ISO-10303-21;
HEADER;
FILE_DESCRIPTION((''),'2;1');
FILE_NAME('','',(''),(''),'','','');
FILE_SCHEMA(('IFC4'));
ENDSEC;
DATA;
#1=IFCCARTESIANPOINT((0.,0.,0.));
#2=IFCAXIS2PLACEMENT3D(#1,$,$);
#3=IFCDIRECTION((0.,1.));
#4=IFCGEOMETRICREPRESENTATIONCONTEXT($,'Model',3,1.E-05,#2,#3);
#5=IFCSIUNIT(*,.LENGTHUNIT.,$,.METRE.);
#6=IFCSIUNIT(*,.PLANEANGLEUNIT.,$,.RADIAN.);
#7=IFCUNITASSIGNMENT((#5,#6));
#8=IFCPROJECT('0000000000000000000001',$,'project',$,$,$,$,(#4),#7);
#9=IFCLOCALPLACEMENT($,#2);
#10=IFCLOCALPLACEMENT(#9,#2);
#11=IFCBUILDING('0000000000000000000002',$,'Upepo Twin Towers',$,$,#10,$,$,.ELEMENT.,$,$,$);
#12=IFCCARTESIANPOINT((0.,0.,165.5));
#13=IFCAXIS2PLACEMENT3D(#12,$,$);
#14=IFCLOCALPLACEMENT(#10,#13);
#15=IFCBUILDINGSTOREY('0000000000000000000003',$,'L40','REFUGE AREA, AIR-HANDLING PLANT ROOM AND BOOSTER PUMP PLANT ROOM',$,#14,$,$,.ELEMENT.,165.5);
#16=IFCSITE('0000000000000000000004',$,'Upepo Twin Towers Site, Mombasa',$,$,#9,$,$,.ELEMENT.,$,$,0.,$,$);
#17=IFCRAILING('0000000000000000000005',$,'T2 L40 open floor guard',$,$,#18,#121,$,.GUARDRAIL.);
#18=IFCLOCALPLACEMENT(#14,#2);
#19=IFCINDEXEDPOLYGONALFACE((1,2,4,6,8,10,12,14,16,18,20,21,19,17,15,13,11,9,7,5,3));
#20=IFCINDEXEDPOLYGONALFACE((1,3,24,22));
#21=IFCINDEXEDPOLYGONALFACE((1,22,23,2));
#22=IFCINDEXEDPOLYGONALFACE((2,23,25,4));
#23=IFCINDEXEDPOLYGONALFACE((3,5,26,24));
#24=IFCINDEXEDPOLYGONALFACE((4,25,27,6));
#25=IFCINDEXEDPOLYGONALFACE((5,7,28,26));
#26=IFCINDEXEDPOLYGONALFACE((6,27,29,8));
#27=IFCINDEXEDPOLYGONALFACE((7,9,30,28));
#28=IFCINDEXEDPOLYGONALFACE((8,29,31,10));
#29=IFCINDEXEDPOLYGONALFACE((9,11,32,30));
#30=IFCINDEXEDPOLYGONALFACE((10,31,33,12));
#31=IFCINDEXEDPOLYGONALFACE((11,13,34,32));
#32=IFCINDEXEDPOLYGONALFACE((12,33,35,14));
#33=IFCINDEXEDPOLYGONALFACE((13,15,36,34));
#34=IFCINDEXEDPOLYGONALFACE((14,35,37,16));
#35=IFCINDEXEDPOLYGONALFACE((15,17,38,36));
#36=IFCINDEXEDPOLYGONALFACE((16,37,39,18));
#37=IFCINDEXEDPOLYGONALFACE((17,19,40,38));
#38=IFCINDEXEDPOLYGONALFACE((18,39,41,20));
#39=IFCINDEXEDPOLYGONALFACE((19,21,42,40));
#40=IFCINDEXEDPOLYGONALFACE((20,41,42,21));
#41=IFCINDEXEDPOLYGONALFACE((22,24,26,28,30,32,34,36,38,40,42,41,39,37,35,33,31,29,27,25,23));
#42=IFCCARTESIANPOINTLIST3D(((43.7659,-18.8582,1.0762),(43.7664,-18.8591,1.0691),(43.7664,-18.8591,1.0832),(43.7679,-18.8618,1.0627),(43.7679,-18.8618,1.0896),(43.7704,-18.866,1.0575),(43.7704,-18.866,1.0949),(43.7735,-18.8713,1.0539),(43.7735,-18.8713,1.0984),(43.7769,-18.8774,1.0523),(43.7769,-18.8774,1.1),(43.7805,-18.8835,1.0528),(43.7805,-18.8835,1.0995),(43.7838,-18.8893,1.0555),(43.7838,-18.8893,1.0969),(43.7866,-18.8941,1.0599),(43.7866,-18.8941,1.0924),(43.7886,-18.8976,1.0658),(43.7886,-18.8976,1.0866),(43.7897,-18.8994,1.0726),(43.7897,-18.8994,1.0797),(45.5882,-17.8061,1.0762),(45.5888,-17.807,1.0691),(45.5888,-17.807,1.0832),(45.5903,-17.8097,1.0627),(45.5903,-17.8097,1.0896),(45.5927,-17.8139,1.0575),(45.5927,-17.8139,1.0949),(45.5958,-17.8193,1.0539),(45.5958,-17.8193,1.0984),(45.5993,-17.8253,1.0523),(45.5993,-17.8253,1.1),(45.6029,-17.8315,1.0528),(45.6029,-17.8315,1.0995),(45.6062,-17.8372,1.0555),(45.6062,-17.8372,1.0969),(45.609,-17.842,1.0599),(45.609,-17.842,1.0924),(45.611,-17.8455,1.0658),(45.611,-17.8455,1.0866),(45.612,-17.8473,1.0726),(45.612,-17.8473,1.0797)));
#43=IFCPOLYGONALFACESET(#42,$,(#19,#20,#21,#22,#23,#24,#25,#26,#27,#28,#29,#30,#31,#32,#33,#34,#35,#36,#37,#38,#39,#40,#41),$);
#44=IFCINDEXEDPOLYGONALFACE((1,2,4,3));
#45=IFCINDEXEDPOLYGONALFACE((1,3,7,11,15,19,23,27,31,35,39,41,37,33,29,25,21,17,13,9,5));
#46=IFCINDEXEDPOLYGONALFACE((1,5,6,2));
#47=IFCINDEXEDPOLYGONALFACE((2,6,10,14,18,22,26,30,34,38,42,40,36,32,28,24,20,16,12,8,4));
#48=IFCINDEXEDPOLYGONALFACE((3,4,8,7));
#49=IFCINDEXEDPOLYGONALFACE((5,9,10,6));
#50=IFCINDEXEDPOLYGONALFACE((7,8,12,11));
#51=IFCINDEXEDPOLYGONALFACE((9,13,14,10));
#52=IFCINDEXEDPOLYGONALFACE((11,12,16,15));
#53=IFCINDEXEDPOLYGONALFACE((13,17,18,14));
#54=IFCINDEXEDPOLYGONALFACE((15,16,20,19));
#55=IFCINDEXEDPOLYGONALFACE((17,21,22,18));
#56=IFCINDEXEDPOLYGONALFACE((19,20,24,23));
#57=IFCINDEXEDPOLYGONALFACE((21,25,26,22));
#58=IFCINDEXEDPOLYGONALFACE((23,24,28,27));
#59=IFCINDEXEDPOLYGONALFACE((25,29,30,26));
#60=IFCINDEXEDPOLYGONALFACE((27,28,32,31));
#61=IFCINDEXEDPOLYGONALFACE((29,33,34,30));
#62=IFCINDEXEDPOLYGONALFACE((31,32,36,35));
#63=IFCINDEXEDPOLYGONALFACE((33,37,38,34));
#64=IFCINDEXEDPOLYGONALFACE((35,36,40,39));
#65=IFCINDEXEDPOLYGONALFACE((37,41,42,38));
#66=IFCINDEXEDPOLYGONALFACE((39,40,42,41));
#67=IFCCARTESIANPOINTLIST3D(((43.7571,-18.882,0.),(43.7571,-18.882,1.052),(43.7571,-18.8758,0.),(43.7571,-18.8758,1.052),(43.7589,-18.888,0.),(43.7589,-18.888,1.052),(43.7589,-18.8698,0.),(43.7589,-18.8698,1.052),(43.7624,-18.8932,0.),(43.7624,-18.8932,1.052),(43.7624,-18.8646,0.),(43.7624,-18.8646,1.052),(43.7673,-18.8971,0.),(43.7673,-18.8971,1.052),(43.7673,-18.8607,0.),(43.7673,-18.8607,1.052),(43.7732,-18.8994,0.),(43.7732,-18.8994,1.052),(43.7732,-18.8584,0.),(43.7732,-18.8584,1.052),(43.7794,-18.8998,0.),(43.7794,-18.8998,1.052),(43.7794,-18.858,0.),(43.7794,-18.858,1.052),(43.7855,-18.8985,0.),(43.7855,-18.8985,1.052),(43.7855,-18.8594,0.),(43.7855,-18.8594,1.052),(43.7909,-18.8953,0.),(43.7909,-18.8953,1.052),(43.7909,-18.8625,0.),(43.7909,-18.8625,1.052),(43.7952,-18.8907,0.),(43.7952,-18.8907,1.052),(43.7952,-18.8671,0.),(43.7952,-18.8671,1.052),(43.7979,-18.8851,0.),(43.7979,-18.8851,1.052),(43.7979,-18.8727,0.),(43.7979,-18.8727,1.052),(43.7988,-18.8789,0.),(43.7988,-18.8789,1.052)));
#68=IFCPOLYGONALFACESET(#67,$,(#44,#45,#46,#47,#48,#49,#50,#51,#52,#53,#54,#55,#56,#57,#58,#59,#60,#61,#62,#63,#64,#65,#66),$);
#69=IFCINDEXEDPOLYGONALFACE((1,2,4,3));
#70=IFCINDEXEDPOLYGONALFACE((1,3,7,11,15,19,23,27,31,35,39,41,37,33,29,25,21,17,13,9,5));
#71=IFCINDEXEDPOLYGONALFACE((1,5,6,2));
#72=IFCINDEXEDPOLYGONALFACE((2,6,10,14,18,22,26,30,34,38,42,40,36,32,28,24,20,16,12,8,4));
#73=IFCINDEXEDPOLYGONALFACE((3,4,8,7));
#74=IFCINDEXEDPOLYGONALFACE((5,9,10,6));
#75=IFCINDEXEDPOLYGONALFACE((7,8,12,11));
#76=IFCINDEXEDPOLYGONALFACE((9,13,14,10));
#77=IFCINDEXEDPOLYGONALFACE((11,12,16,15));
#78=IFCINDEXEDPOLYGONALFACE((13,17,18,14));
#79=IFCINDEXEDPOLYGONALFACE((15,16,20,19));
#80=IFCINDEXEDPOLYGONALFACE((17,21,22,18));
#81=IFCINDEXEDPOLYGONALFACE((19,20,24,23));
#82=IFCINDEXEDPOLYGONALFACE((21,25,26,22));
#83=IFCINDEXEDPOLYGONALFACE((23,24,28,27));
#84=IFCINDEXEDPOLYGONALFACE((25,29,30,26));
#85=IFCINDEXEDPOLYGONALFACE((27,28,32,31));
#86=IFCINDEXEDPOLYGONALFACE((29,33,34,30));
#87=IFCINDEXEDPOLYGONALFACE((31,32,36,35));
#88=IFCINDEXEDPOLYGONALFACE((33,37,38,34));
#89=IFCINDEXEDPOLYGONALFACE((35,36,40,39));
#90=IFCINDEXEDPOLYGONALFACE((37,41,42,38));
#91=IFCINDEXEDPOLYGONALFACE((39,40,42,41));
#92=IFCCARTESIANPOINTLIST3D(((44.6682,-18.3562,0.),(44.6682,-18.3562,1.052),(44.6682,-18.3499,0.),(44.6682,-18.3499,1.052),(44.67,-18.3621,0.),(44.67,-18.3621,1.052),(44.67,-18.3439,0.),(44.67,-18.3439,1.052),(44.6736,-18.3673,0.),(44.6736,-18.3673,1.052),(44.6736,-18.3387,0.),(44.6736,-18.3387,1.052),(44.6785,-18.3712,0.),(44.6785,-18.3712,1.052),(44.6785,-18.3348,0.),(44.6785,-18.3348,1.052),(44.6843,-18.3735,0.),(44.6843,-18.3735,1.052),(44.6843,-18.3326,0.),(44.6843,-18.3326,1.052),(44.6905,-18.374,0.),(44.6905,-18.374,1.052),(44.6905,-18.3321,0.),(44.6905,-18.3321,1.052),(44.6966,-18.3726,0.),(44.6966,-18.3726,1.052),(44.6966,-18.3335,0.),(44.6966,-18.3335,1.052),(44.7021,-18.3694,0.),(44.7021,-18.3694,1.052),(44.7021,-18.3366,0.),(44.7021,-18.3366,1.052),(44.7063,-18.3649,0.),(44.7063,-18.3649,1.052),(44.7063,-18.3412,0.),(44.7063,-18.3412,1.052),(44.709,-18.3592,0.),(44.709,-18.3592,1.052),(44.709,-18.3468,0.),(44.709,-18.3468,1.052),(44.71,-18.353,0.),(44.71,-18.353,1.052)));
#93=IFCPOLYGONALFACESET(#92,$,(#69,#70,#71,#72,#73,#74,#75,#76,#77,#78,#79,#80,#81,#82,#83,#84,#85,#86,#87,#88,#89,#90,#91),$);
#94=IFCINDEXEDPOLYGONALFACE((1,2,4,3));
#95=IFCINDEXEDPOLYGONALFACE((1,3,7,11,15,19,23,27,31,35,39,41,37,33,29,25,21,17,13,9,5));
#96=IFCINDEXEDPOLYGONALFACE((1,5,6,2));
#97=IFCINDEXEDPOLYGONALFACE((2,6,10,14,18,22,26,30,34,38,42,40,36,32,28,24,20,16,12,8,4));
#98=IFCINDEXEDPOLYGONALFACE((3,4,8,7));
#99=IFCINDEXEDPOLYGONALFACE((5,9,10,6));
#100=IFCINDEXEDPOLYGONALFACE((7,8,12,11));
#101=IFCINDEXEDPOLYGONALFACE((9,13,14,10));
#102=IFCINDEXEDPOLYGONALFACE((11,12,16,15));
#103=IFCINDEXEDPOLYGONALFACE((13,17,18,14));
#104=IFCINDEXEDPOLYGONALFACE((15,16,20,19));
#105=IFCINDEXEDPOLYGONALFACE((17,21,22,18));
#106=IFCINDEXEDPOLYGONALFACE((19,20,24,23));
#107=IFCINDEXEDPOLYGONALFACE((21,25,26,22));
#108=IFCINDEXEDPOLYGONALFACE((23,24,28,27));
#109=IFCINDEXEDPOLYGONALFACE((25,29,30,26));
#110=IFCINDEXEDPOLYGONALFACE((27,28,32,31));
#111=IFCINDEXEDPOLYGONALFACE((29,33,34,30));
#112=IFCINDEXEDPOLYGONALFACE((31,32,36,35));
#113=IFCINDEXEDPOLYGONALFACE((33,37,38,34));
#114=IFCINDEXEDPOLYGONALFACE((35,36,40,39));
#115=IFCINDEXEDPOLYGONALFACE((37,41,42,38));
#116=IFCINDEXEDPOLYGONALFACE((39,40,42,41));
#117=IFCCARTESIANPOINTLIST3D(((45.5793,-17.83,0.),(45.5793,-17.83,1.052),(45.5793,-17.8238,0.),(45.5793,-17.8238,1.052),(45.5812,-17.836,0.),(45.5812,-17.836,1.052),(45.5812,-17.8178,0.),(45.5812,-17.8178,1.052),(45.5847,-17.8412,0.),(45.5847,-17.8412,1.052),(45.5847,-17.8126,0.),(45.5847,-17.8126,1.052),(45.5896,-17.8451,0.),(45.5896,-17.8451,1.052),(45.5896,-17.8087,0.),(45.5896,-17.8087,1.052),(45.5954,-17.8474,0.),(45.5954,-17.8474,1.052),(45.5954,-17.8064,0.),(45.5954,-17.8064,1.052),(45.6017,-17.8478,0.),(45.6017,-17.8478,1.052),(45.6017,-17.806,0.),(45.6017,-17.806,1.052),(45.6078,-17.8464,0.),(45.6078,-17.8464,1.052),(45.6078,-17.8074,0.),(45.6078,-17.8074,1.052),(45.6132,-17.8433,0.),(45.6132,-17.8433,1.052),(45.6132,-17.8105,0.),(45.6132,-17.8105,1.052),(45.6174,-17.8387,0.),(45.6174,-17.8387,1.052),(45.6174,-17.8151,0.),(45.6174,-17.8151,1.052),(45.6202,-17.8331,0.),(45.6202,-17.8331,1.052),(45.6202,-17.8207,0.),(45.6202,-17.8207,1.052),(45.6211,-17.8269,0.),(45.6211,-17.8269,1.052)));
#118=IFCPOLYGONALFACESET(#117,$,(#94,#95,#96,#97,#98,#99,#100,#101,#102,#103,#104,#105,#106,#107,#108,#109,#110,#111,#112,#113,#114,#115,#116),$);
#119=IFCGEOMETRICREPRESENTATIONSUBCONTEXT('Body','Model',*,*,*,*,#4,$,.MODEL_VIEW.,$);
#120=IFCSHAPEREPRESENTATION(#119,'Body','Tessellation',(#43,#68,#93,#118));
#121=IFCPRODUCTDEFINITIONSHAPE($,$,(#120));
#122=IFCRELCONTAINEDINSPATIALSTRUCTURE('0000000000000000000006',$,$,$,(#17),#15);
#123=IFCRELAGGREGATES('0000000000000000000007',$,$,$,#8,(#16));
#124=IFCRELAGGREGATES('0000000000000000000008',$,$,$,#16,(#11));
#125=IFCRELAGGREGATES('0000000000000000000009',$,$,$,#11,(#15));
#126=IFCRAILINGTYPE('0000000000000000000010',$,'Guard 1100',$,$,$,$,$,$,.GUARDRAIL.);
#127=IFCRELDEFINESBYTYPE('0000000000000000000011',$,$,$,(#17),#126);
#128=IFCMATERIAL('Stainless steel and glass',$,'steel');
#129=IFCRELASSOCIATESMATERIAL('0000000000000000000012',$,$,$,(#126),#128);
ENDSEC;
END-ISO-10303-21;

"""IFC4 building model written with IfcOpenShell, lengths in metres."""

from ifc_helpers import new_model, si_unit, direction, frame, origin, origin_2d, place, context, subcontext, project, spatial, circle, extrude, material, type_object, element, save


model = new_model("IFC4")

# Units and contexts
model_context = context("Model", 3, precision=1e-05, world=origin(), true_north=direction((0.0, 1.0)))
body_context = subcontext(model_context, "Body", "Model", "MODEL_VIEW")
ifc_project = project(units=[si_unit("LENGTHUNIT", "METRE"), si_unit("PLANEANGLEUNIT", "RADIAN")], contexts=[model_context])

# Site, building, storey
site_placement = place(None, origin())
site = spatial("IfcSite", under=ifc_project, at=site_placement, Name="Upepo Twin Towers Site, Mombasa", CompositionType="ELEMENT", RefElevation=0.0)
building_placement = place(site_placement, origin())
building = spatial("IfcBuilding", under=site, at=building_placement, Name="Upepo Twin Towers", CompositionType="ELEMENT")
storey_placement = place(building_placement, frame((0.0, 0.0, 165.5)))
storey = spatial("IfcBuildingStorey", under=building, at=storey_placement, Name="L40", Description="REFUGE AREA, AIR-HANDLING PLANT ROOM AND BOOSTER PUMP PLANT ROOM", CompositionType="ELEMENT", Elevation=165.5)

# Railing
ifc_material_1 = material(Name="Stainless steel and glass", Category="steel")
railing_type = type_object("IfcRailingType", Name="Guard 1100", PredefinedType="GUARDRAIL", material=ifc_material_1)
railing_1_placement = place(storey_placement, frame((43.7778, -18.8789, 0.0)))
element("IfcRailing", 1, at=railing_1_placement, inside=storey, type_object=railing_type, Name="T2 L40 open floor guard", PredefinedType="GUARDRAIL", context=body_context, shape_type="SweptSolid", body=[
    extrude(circle(Radius=0.0239, at=origin_2d()), frame((0.0, 0.0, 1.0762), z_axis=(0.866043, 0.49997, 0.0), x_axis=(-0.49997, 0.866043, 0.0)), (0.0, 0.0, 1.0), 2.1042),
    extrude(circle(Radius=0.021, at=origin_2d()), origin(), (0.0, 0.0, 1.0), 1.052),
    extrude(circle(Radius=0.021, at=origin_2d()), frame((0.9111, 0.5259, 0.0)), (0.0, 0.0, 1.0), 1.052),
    extrude(circle(Radius=0.021, at=origin_2d()), frame((1.8223, 1.052, 0.0)), (0.0, 0.0, 1.0), 1.052),
])

save(model, "model.ifc")
